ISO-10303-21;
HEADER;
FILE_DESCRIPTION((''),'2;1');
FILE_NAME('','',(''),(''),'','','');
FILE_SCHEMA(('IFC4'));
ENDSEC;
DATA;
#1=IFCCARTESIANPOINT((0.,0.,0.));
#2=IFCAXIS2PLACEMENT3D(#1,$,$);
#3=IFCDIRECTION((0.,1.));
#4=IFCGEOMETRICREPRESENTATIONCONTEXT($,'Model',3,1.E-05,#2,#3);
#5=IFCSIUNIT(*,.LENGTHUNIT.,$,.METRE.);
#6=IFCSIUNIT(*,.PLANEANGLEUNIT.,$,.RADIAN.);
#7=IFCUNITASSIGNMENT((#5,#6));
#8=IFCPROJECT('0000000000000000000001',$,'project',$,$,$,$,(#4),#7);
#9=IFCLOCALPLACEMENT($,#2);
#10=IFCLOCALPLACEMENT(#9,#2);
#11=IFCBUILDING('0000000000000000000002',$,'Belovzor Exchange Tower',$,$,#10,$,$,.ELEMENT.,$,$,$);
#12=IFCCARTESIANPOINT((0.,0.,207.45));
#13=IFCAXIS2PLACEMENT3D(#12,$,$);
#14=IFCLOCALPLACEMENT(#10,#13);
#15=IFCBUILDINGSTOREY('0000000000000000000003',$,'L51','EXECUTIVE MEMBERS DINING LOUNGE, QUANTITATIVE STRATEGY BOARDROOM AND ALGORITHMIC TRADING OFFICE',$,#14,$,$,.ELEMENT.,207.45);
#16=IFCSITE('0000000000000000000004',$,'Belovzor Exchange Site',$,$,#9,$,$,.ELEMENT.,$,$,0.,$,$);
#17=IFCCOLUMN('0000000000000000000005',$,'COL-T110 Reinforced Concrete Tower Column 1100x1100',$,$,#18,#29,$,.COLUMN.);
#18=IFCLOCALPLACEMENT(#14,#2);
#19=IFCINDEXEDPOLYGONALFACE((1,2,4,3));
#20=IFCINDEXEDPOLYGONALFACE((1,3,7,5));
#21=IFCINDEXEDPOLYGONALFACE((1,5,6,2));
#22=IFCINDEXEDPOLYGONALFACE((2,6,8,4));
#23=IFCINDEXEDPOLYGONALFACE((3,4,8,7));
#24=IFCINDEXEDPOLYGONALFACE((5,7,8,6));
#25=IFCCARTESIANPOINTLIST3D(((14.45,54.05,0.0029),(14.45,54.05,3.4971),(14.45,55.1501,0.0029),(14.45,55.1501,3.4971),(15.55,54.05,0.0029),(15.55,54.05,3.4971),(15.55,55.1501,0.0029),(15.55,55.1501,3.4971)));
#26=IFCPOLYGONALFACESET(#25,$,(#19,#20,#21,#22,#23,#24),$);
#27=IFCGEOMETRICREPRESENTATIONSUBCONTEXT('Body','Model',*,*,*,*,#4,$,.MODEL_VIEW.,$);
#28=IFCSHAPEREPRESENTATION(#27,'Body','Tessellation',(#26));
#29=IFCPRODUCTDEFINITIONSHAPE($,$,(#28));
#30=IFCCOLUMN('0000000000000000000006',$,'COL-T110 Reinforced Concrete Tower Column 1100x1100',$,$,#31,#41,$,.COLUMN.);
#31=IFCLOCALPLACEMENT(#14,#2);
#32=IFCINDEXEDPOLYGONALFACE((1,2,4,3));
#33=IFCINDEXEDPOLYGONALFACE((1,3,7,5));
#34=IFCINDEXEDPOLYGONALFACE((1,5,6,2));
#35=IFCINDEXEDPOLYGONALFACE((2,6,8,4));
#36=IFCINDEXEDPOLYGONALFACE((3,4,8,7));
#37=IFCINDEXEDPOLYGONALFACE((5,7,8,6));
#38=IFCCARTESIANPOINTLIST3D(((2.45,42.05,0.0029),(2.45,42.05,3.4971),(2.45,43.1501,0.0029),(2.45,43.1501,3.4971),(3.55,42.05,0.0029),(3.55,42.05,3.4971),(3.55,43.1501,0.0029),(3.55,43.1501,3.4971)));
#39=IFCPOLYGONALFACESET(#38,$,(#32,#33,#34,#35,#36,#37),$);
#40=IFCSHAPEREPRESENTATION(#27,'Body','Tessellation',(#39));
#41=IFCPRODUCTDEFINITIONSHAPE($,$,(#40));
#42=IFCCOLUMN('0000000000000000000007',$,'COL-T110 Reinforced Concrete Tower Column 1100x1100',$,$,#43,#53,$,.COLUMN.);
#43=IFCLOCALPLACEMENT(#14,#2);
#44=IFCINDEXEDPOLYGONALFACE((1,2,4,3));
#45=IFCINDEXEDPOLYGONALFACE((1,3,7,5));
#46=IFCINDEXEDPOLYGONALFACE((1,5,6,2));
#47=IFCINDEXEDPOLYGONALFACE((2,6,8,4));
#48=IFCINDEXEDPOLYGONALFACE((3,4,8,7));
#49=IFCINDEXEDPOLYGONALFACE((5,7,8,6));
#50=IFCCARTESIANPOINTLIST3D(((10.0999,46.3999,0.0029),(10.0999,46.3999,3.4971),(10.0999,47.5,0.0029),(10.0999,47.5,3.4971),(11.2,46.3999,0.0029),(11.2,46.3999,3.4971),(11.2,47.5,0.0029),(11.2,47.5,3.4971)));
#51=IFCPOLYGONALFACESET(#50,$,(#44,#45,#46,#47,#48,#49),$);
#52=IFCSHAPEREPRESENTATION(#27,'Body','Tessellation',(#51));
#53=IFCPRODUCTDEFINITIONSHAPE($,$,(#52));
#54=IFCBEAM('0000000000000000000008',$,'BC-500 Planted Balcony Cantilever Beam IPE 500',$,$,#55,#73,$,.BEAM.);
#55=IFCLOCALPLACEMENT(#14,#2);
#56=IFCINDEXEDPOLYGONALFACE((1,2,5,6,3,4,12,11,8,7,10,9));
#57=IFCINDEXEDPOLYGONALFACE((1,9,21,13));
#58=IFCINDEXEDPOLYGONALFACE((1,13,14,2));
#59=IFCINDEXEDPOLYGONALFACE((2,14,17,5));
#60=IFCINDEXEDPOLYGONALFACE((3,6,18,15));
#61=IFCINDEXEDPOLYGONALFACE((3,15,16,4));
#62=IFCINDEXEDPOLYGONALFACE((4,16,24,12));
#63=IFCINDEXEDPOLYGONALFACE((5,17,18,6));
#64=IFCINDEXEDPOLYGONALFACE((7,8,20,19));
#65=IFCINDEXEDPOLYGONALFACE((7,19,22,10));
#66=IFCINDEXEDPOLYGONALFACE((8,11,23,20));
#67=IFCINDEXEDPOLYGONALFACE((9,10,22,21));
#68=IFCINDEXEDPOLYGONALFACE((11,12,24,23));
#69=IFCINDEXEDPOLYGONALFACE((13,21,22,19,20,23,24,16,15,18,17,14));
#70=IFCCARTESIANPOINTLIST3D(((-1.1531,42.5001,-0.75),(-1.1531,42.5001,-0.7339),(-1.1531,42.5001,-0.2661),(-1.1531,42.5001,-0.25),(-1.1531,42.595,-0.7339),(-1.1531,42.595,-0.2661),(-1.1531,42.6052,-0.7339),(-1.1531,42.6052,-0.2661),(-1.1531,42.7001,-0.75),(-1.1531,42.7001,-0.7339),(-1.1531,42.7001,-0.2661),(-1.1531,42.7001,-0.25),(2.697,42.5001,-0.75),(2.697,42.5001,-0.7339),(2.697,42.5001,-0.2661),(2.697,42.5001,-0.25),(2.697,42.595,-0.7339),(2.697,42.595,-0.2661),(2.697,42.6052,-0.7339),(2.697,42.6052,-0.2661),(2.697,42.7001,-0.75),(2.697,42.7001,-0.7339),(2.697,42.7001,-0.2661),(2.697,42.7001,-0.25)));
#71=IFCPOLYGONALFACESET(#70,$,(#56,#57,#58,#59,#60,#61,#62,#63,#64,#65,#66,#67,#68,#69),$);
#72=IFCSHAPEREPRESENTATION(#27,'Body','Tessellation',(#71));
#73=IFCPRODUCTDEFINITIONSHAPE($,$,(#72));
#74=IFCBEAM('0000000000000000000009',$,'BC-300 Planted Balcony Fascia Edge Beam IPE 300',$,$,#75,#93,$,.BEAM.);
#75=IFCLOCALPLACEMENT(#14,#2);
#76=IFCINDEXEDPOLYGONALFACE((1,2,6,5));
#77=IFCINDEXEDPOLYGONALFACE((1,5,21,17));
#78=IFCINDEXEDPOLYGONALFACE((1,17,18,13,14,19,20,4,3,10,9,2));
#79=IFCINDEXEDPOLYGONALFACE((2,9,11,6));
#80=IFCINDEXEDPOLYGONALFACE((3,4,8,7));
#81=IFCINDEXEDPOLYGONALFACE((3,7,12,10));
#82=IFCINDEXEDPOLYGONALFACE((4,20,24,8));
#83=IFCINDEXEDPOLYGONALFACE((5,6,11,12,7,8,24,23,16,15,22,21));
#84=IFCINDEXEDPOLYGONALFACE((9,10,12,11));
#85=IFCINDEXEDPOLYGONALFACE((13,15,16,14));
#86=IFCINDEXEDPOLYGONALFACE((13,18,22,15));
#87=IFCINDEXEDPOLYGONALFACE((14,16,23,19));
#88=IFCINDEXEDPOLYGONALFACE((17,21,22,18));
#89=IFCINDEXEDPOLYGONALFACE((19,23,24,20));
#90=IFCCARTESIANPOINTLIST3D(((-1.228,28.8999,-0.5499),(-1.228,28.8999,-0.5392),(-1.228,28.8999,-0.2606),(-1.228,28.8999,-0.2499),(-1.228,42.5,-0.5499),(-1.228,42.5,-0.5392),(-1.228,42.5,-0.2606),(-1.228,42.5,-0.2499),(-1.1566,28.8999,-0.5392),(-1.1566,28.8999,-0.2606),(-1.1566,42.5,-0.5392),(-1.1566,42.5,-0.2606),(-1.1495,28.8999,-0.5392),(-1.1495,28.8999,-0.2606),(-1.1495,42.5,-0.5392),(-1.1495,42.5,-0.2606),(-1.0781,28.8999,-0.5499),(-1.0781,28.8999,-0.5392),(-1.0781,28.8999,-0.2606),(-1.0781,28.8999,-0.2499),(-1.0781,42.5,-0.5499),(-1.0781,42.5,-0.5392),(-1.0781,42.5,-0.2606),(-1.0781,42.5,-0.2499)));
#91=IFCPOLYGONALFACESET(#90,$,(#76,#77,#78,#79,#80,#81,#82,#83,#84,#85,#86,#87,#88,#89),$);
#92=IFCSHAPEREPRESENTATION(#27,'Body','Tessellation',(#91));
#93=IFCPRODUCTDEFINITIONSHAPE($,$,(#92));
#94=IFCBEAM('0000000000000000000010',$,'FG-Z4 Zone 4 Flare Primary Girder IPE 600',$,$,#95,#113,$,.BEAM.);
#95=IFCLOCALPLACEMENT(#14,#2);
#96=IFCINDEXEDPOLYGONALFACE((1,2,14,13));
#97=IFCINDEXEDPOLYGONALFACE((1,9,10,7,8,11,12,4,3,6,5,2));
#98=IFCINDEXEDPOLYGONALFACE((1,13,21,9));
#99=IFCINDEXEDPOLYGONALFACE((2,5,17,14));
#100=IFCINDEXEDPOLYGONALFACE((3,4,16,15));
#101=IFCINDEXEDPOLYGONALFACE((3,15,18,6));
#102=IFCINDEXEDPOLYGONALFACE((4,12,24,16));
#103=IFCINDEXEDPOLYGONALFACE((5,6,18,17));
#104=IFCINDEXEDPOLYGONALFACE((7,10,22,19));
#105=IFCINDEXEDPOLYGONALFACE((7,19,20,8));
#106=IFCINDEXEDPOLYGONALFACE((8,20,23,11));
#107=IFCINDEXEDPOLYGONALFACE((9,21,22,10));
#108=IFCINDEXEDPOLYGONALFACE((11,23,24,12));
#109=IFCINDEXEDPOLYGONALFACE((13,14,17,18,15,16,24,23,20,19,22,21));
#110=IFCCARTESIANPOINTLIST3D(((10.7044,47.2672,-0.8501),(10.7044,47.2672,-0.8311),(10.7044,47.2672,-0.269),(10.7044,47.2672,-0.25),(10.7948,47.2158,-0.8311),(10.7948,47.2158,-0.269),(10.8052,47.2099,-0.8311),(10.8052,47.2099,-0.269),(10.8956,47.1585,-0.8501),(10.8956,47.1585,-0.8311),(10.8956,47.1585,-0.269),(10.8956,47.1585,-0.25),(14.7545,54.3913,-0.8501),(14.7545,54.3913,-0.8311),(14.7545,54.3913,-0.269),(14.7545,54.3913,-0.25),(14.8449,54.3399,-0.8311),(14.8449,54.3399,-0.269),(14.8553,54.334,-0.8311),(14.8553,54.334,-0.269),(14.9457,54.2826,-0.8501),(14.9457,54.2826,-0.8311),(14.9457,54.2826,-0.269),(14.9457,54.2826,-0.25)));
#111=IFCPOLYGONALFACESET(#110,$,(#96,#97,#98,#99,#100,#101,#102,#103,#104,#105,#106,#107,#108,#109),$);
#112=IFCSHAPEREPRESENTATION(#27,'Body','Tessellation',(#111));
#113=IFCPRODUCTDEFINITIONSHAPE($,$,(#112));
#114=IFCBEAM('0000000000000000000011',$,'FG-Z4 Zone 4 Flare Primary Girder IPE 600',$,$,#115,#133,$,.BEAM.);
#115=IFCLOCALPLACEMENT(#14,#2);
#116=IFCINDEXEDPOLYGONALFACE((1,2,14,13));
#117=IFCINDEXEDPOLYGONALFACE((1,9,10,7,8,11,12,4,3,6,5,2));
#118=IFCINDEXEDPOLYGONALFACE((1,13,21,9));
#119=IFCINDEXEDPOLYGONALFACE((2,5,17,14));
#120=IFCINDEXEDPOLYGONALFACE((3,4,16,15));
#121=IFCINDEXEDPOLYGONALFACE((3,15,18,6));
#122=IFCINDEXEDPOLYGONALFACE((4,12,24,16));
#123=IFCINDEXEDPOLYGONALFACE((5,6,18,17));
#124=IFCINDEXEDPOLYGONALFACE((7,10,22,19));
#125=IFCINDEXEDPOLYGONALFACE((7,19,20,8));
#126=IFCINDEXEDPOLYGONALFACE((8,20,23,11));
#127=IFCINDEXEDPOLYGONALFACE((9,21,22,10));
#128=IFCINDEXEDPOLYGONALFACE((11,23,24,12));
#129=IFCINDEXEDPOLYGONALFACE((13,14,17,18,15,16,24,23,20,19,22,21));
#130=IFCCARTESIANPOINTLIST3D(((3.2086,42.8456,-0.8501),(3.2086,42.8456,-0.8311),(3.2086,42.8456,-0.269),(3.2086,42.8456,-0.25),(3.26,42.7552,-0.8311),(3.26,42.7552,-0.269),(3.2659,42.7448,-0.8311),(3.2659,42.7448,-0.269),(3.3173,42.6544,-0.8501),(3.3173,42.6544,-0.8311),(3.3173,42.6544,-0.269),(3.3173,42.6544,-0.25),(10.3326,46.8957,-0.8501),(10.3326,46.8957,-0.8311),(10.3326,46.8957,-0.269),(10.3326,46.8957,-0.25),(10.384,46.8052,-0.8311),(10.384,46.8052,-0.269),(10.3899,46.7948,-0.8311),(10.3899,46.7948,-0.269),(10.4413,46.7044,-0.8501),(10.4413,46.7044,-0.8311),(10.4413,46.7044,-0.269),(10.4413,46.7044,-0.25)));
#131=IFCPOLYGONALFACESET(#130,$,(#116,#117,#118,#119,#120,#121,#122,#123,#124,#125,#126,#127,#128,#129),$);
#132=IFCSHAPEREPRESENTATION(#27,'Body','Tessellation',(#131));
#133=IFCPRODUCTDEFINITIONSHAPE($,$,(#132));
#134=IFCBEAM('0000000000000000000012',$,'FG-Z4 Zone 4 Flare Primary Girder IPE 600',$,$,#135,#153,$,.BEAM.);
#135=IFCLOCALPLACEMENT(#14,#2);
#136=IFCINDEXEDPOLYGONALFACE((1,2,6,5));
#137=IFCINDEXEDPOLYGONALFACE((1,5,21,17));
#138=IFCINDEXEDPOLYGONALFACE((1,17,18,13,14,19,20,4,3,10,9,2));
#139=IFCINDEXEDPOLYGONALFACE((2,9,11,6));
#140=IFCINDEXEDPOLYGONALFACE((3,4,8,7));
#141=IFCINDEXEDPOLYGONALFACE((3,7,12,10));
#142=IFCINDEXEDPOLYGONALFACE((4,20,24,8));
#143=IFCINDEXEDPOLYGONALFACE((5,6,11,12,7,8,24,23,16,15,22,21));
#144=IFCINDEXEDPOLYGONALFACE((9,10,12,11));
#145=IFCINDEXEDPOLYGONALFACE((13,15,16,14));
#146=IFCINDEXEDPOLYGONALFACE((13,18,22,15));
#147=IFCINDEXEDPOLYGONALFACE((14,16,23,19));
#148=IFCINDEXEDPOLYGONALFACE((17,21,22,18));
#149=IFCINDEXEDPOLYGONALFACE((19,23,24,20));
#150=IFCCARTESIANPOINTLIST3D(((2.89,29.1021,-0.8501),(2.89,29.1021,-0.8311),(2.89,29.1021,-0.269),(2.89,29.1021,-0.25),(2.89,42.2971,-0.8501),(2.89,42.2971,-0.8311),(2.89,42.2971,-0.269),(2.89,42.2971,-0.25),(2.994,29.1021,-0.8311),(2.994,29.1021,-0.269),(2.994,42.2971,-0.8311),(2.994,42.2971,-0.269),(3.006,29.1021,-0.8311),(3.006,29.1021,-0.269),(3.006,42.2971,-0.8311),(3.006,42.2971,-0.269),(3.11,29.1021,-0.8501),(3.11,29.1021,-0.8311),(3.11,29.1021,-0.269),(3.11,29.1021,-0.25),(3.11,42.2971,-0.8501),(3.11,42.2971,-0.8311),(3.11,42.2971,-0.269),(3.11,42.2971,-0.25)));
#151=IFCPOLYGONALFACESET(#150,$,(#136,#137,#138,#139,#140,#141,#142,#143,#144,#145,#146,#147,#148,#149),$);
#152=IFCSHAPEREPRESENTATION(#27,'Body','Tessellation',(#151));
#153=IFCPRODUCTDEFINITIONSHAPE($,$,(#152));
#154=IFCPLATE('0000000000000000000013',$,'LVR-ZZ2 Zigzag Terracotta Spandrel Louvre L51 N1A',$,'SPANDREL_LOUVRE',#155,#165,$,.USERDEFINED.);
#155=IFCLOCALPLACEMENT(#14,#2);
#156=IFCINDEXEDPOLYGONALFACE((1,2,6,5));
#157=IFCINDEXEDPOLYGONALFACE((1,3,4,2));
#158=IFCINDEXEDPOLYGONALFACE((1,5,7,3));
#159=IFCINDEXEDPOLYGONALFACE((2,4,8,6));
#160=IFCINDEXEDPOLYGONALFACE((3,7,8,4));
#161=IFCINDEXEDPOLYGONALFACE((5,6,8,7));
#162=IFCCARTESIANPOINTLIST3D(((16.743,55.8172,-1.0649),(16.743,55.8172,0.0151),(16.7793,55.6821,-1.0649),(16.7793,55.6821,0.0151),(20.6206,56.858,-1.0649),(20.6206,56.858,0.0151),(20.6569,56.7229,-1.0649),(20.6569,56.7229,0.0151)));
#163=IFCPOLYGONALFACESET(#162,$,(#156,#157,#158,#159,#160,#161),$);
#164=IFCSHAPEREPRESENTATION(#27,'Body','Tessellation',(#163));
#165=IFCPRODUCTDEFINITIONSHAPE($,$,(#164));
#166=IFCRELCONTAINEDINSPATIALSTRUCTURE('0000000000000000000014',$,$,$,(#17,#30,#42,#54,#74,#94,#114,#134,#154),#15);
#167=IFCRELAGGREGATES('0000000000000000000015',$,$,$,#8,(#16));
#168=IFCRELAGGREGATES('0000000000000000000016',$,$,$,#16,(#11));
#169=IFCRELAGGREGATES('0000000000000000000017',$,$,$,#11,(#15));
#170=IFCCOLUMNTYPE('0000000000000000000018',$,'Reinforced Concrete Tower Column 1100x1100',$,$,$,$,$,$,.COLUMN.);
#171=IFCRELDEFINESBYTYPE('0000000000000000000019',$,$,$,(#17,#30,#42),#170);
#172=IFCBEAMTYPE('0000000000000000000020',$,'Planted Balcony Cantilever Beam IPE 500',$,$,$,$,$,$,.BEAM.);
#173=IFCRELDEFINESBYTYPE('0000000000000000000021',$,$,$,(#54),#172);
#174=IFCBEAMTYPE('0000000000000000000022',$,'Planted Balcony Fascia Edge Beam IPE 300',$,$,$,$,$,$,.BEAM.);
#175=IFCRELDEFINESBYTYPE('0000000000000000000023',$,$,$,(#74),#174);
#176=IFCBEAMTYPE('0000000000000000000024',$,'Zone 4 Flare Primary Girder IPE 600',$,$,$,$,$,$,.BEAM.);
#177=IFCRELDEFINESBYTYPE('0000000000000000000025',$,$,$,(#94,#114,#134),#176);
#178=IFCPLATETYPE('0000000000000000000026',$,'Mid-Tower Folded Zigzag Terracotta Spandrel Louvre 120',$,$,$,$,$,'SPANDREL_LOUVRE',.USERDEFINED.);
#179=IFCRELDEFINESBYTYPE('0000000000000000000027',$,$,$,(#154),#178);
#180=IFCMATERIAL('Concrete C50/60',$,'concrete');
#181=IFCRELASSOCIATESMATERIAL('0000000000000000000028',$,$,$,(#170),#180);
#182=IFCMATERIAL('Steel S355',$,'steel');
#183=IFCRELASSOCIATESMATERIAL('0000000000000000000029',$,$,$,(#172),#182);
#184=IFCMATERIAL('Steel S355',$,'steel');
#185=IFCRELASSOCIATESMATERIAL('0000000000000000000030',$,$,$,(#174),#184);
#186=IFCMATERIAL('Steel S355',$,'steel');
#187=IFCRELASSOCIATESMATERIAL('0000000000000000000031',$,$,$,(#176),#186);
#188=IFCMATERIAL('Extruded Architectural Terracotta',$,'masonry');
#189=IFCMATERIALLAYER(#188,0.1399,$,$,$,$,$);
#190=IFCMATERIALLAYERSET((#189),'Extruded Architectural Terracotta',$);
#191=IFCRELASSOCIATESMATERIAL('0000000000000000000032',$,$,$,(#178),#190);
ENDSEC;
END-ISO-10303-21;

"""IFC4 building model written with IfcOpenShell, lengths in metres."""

from ifc_helpers import new_model, si_unit, direction, frame, origin, origin_2d, place, context, subcontext, project, spatial, rectangle, i_section, extrude, material, layer, layer_set, material_profile, profile_set, type_object, element, save


model = new_model("IFC4")

# Units and contexts
model_context = context("Model", 3, precision=1e-05, world=origin(), true_north=direction((0.0, 1.0)))
body_context = subcontext(model_context, "Body", "Model", "MODEL_VIEW")
ifc_project = project(units=[si_unit("LENGTHUNIT", "METRE"), si_unit("PLANEANGLEUNIT", "RADIAN")], contexts=[model_context])

# Site, building, storey
site_placement = place(None, origin())
site = spatial("IfcSite", under=ifc_project, at=site_placement, Name="Belovzor Exchange Site", CompositionType="ELEMENT", RefElevation=0.0)
building_placement = place(site_placement, origin())
building = spatial("IfcBuilding", under=site, at=building_placement, Name="Belovzor Exchange Tower", CompositionType="ELEMENT")
storey_placement = place(building_placement, frame((0.0, 0.0, 207.45)))
storey = spatial("IfcBuildingStorey", under=building, at=storey_placement, Name="L51", Description="EXECUTIVE MEMBERS DINING LOUNGE, QUANTITATIVE STRATEGY BOARDROOM AND ALGORITHMIC TRADING OFFICE", CompositionType="ELEMENT", Elevation=207.45)

# Columns
ifc_material_1 = material(Name="Concrete C50/60", Category="concrete")
ifc_material_profile_1 = material_profile(ifc_material_1, rectangle(XDim=1.1001, YDim=1.1001, at=origin_2d()))
ifc_profile_set_1 = profile_set([ifc_material_profile_1], Name="Concrete C50/60")
column_type = type_object("IfcColumnType", Name="Reinforced Concrete Tower Column 1100x1100", PredefinedType="COLUMN", material=ifc_profile_set_1)
for number, where, z_axis, x_axis, name in (
    (1, (15.0, 54.6001, 0.0029), (0.0, 0.0, 1.0), (1.0, 0.0, 0.0), "COL-T110 Reinforced Concrete Tower Column 1100x1100"),
    (2, (3.0, 42.6001, 0.0029), (0.0, 0.0, 1.0), (1.0, 0.0, 0.0), "COL-T110 Reinforced Concrete Tower Column 1100x1100"),
    (3, (10.6499, 46.95, 0.0029), (0.0, 0.0, 1.0), (1.0, 0.0, 0.0), "COL-T110 Reinforced Concrete Tower Column 1100x1100"),
):
    element("IfcColumn", number, at=place(storey_placement, frame(where, z_axis=z_axis, x_axis=x_axis)), inside=storey, type_object=column_type, Name=name, PredefinedType="COLUMN", context=body_context, shape_type="SweptSolid", body=[
        extrude(rectangle(XDim=1.1001, YDim=1.1001, at=origin_2d()), origin(), (0.0, 0.0, 1.0), 3.4941),
    ])

# Beams
ifc_material_2 = material(Name="Steel S355", Category="steel")
ifc_material_profile_2 = material_profile(ifc_material_2, i_section(OverallWidth=0.2, OverallDepth=0.5, WebThickness=0.0103, FlangeThickness=0.0161, at=origin_2d()))
ifc_profile_set_2 = profile_set([ifc_material_profile_2], Name="Steel S355")
beam_type_1 = type_object("IfcBeamType", Name="Planted Balcony Cantilever Beam IPE 500", PredefinedType="BEAM", material=ifc_profile_set_2)
beam_1_placement = place(storey_placement, frame((2.697, 42.6001, -0.5), z_axis=(-1.0, 0.0, 0.0), x_axis=(0.0, -1.0, 0.0)))
element("IfcBeam", 4, at=beam_1_placement, inside=storey, type_object=beam_type_1, Name="BC-500 Planted Balcony Cantilever Beam IPE 500", PredefinedType="BEAM", context=body_context, shape_type="SweptSolid", body=[
    extrude(i_section(OverallWidth=0.2, OverallDepth=0.5, WebThickness=0.0103, FlangeThickness=0.0161, at=origin_2d()), origin(), (0.0, 0.0, 1.0), 3.8501),
])
ifc_material_3 = material(Name="Steel S355", Category="steel")
ifc_material_profile_3 = material_profile(ifc_material_3, i_section(OverallWidth=0.1499, OverallDepth=0.3, WebThickness=0.0071, FlangeThickness=0.0107, at=origin_2d()))
ifc_profile_set_3 = profile_set([ifc_material_profile_3], Name="Steel S355")
beam_type_2 = type_object("IfcBeamType", Name="Planted Balcony Fascia Edge Beam IPE 300", PredefinedType="BEAM", material=ifc_profile_set_3)
beam_2_placement = place(storey_placement, frame((-1.1531, 42.5, -0.3999), z_axis=(0.0, -1.0, 0.0), x_axis=(1.0, 0.0, 0.0)))
element("IfcBeam", 5, at=beam_2_placement, inside=storey, type_object=beam_type_2, Name="BC-300 Planted Balcony Fascia Edge Beam IPE 300", PredefinedType="BEAM", context=body_context, shape_type="SweptSolid", body=[
    extrude(i_section(OverallWidth=0.1499, OverallDepth=0.3, WebThickness=0.0071, FlangeThickness=0.0107, at=origin_2d()), origin(), (0.0, 0.0, 1.0), 13.6001),
])
ifc_material_4 = material(Name="Steel S355", Category="steel")
ifc_material_profile_4 = material_profile(ifc_material_4, i_section(OverallWidth=0.22, OverallDepth=0.6001, WebThickness=0.012, FlangeThickness=0.019, at=origin_2d()))
ifc_profile_set_4 = profile_set([ifc_material_profile_4], Name="Steel S355")
beam_type_3 = type_object("IfcBeamType", Name="Zone 4 Flare Primary Girder IPE 600", PredefinedType="BEAM", material=ifc_profile_set_4)
for number, where, z_axis, x_axis, name in (
    (6, (14.8501, 54.3369, -0.55), (-0.494222, -0.869336, 0.0), (0.869336, -0.494222, 0.0), "FG-Z4 Zone 4 Flare Primary Girder IPE 600"),
    (7, (10.387, 46.8, -0.55), (-0.869336, -0.494222, 0.0), (0.494222, -0.869336, 0.0), "FG-Z4 Zone 4 Flare Primary Girder IPE 600"),
):
    element("IfcBeam", number, at=place(storey_placement, frame(where, z_axis=z_axis, x_axis=x_axis)), inside=storey, type_object=beam_type_3, Name=name, PredefinedType="BEAM", context=body_context, shape_type="SweptSolid", body=[
        extrude(i_section(OverallWidth=0.22, OverallDepth=0.6001, WebThickness=0.012, FlangeThickness=0.019, at=origin_2d()), origin(), (0.0, 0.0, 1.0), 8.1948),
    ])
beam_3_placement = place(storey_placement, frame((3.0, 42.2971, -0.55), z_axis=(0.0, -1.0, 0.0), x_axis=(1.0, 0.0, 0.0)))
element("IfcBeam", 8, at=beam_3_placement, inside=storey, type_object=beam_type_3, Name="FG-Z4 Zone 4 Flare Primary Girder IPE 600", PredefinedType="BEAM", context=body_context, shape_type="SweptSolid", body=[
    extrude(i_section(OverallWidth=0.22, OverallDepth=0.6001, WebThickness=0.012, FlangeThickness=0.019, at=origin_2d()), origin(), (0.0, 0.0, 1.0), 13.1951),
])

# Plate
ifc_material_5 = material(Name="Extruded Architectural Terracotta", Category="masonry")
ifc_layer_1 = layer(ifc_material_5, 0.1399)
ifc_layer_set_1 = layer_set([ifc_layer_1], Name="Extruded Architectural Terracotta")
plate_type = type_object("IfcPlateType", Name="Mid-Tower Folded Zigzag Terracotta Spandrel Louvre 120", ElementType="SPANDREL_LOUVRE", PredefinedType="USERDEFINED", material=ifc_layer_set_1)
plate_placement = place(storey_placement, frame((18.7, 56.27, -1.0649), z_axis=(0.0, 0.0, 1.0), x_axis=(0.965813, 0.25924, 0.0)))
element("IfcPlate", 9, at=plate_placement, inside=storey, type_object=plate_type, Name="LVR-ZZ2 Zigzag Terracotta Spandrel Louvre L51 N1A", ObjectType="SPANDREL_LOUVRE", PredefinedType="USERDEFINED", context=body_context, shape_type="SweptSolid", body=[
    extrude(rectangle(XDim=4.0149, YDim=0.1399, at=origin_2d()), origin(), (0.0, 0.0, 1.0), 1.0801),
])

save(model, "model.ifc")
